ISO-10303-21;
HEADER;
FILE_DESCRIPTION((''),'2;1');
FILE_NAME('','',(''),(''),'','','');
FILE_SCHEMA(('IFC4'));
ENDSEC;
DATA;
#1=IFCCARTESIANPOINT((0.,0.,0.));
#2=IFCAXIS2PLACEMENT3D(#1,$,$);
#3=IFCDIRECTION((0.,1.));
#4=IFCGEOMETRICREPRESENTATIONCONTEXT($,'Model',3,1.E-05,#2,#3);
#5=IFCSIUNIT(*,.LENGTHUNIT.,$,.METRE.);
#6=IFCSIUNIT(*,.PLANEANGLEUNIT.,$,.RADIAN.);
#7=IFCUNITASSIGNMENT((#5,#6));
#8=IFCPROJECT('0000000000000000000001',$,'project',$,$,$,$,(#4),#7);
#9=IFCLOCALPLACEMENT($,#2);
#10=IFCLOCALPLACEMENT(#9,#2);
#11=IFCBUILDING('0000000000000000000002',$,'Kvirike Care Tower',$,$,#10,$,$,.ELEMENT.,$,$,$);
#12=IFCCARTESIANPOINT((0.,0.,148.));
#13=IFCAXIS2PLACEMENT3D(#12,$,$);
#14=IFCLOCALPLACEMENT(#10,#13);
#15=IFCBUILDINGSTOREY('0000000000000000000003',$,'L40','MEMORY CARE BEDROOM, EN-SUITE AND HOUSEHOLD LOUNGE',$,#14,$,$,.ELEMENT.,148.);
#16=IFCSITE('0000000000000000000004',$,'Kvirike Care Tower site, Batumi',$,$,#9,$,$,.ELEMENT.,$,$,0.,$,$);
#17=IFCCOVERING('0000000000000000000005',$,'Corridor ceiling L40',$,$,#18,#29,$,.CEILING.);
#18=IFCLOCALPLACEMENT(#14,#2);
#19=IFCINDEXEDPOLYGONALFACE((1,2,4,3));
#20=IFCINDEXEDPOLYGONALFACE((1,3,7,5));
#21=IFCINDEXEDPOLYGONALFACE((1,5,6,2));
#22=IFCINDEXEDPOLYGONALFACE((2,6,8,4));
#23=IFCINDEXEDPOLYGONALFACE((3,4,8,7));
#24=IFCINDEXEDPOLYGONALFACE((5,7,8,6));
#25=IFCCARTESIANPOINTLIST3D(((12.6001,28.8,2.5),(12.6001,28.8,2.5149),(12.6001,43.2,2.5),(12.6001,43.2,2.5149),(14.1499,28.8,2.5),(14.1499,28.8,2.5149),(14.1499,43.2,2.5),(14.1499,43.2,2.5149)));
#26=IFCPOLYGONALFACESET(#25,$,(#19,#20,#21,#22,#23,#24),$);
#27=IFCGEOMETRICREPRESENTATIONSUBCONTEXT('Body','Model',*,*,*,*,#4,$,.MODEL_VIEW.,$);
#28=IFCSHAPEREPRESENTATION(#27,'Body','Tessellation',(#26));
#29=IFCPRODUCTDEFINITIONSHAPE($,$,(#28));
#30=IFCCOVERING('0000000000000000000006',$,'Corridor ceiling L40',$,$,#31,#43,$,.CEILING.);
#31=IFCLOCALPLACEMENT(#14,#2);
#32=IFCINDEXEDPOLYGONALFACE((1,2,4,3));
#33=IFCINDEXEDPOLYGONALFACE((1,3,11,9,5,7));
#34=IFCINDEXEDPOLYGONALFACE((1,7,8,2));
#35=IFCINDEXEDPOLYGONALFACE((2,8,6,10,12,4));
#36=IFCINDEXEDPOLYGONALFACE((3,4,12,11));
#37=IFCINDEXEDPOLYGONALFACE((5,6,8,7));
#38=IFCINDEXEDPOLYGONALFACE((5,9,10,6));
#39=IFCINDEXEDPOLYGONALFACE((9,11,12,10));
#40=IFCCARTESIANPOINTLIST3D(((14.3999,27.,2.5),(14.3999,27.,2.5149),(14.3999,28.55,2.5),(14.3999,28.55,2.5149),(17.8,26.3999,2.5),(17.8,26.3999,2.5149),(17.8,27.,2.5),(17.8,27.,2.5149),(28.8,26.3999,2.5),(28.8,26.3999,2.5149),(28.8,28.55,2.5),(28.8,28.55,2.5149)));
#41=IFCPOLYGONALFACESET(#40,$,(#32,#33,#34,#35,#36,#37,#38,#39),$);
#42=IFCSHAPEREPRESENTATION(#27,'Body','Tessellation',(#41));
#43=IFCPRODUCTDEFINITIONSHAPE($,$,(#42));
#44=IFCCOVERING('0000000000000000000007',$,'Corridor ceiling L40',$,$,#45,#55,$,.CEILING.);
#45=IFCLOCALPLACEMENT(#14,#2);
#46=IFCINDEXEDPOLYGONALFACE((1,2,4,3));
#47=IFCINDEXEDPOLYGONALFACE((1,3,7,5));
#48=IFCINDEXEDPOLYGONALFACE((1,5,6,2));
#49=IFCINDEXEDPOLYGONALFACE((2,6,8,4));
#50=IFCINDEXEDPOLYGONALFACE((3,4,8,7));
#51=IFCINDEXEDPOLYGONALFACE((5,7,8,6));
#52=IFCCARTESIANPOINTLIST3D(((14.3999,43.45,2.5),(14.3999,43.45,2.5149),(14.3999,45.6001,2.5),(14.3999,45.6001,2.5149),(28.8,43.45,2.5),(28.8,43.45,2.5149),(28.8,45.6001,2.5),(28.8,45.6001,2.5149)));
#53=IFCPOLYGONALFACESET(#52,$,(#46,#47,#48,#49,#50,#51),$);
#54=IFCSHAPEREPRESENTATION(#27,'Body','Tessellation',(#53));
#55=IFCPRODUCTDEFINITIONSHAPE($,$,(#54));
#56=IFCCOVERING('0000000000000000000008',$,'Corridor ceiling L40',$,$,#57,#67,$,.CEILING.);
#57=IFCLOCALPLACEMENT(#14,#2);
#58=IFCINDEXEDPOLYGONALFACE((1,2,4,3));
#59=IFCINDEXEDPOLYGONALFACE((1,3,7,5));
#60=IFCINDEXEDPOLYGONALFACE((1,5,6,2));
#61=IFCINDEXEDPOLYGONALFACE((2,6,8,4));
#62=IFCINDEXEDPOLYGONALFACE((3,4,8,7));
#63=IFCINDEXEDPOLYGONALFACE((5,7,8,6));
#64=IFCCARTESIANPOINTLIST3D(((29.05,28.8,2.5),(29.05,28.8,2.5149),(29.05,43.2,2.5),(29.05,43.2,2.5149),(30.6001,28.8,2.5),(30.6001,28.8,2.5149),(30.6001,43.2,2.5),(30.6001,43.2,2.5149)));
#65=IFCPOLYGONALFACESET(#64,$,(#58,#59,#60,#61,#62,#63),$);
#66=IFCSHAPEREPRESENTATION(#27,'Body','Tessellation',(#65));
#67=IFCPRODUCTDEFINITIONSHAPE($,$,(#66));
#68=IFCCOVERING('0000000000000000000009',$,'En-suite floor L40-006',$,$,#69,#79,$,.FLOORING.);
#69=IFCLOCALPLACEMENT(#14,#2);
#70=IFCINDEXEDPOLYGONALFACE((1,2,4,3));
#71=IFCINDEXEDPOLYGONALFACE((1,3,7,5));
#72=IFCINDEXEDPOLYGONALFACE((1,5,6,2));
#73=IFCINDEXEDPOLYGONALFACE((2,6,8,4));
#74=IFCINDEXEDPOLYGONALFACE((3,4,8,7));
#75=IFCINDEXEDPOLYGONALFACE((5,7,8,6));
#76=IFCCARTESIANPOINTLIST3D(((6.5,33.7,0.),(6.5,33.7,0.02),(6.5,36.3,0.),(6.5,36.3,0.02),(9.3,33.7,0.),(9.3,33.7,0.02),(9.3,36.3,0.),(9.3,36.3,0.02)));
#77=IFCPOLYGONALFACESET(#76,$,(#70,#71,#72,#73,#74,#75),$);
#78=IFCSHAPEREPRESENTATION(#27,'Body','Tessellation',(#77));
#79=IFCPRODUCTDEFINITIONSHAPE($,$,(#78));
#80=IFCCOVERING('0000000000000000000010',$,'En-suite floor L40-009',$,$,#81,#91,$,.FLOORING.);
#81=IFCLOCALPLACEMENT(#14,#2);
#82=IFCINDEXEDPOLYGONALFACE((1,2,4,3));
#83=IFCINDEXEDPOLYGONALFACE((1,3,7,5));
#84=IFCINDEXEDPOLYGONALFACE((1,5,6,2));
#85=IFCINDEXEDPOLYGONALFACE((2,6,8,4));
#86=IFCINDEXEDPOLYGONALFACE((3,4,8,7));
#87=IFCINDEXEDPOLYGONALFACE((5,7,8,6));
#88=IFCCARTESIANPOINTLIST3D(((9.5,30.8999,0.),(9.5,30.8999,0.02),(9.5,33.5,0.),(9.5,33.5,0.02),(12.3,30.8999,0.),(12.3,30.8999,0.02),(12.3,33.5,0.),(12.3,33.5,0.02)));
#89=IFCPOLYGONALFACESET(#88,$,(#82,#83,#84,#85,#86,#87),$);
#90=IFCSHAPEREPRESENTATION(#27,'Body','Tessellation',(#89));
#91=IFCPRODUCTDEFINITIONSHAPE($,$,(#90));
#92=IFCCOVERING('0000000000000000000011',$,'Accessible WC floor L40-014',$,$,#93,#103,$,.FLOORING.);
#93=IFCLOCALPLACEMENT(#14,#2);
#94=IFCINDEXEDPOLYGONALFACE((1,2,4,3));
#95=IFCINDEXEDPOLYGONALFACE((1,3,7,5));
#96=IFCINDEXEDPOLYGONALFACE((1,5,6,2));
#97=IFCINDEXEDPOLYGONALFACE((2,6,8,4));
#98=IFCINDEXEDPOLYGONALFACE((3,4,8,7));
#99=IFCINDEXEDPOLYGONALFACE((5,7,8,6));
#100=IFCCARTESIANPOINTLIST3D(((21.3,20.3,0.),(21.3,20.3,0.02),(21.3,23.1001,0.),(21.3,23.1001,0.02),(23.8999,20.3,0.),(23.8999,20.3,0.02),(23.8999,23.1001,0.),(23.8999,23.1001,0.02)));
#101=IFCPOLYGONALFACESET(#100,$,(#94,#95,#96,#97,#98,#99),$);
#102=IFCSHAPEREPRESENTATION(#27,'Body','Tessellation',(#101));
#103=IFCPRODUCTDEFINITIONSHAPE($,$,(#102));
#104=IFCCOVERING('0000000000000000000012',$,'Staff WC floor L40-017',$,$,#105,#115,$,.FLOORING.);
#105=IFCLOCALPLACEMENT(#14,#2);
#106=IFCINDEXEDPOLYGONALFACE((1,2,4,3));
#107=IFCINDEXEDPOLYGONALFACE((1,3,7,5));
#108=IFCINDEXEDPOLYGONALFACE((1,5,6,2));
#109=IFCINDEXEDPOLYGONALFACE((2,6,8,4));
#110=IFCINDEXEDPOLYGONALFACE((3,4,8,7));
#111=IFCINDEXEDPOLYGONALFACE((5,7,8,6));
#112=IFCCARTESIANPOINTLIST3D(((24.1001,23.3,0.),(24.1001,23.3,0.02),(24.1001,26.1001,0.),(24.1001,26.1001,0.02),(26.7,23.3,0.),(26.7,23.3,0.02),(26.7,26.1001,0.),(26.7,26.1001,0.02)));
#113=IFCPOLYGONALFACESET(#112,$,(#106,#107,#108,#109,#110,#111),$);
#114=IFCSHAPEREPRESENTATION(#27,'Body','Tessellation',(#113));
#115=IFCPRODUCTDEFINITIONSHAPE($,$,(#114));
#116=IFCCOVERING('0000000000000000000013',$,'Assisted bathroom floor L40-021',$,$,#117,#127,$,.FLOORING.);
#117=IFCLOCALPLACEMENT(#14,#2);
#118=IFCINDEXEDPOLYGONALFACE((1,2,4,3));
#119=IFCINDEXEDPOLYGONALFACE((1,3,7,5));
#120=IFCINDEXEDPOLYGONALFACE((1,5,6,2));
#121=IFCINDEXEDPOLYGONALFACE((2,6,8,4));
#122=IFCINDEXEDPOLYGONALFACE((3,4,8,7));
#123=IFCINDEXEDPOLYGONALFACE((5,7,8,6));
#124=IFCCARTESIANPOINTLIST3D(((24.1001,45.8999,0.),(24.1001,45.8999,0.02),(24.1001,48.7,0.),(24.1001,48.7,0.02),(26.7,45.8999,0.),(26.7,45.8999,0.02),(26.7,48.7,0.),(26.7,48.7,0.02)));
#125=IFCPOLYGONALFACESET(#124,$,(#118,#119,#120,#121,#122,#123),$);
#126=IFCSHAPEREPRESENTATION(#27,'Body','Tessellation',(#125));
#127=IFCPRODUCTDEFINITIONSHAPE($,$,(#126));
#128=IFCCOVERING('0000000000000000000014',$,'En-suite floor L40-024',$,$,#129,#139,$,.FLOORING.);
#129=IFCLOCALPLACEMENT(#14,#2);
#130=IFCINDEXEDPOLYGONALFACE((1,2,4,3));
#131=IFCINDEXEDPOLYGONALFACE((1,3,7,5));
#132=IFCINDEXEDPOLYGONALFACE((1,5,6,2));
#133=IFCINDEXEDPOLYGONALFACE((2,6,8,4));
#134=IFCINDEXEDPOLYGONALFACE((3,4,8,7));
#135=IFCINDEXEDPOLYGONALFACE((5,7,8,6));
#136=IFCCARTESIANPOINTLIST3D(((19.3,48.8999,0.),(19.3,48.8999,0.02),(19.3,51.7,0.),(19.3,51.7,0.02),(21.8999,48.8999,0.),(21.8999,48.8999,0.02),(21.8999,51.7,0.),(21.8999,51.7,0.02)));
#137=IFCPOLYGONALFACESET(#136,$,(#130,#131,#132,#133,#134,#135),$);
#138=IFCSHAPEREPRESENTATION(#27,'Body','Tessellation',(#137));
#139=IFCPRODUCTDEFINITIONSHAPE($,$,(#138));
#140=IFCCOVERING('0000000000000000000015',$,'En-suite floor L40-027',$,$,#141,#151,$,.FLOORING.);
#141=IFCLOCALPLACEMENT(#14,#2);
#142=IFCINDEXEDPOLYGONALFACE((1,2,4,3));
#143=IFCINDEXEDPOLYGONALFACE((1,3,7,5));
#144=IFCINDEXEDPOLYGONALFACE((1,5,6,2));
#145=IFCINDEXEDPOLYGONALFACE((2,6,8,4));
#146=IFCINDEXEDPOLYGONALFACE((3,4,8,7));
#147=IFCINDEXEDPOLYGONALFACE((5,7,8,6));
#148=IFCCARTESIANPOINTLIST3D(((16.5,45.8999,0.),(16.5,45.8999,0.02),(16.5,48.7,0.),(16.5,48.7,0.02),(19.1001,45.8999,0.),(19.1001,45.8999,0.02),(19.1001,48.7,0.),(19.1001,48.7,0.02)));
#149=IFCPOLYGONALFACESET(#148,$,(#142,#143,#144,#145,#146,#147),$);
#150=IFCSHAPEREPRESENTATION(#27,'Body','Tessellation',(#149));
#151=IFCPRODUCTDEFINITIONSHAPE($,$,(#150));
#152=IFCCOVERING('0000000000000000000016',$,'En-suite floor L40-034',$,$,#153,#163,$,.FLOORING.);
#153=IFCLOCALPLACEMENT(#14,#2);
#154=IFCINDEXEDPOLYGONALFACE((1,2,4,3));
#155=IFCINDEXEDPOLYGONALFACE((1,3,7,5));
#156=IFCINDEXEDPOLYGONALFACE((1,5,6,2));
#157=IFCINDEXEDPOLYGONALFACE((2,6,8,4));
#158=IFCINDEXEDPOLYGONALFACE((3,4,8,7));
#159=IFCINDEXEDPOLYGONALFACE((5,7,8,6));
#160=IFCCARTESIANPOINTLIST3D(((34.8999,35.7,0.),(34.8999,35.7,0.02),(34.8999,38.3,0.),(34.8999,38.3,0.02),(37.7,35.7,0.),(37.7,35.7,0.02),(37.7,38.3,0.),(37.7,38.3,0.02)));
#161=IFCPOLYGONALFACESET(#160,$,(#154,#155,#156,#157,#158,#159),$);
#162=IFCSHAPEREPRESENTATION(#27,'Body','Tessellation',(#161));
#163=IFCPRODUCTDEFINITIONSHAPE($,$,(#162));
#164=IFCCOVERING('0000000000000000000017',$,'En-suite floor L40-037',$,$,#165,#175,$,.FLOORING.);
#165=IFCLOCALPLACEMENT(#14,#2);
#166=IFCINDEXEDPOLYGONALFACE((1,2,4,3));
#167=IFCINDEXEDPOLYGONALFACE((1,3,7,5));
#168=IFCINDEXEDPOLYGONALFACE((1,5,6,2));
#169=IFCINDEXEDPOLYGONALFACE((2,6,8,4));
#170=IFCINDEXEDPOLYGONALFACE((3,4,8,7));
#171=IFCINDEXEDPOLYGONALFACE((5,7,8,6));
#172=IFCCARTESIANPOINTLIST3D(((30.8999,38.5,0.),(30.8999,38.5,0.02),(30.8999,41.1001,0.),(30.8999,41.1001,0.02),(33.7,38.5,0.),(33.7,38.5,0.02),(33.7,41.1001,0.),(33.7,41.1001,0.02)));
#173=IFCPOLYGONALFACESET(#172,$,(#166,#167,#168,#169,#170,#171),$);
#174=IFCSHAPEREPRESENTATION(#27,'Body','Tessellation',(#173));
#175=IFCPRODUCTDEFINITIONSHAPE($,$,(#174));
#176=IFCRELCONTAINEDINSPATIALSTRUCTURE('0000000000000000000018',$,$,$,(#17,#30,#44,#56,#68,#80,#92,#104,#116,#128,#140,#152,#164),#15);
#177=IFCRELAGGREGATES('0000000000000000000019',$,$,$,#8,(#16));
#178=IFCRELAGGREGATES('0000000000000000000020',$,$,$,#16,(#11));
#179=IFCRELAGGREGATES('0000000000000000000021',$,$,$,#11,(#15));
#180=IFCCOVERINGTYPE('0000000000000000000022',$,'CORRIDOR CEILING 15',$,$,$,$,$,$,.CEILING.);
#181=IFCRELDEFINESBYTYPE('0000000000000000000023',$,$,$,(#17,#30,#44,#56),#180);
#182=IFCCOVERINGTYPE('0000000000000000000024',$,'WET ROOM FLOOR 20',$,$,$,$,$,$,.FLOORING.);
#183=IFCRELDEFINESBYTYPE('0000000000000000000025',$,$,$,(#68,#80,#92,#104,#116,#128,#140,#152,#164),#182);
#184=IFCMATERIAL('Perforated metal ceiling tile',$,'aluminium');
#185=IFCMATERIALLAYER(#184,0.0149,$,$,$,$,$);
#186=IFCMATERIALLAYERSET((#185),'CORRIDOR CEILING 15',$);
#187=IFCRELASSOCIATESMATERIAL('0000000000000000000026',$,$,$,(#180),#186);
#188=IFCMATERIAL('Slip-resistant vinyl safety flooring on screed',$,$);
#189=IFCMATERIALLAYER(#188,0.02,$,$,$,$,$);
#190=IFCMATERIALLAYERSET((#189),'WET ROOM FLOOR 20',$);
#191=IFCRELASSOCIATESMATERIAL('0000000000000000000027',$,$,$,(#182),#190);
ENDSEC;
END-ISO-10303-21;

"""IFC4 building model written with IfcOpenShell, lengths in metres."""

from ifc_helpers import new_model, si_unit, direction, frame, origin, place, context, subcontext, project, spatial, polyline, outline, extrude, material, layer, layer_set, type_object, element, save


model = new_model("IFC4")

# Units and contexts
model_context = context("Model", 3, precision=1e-05, world=origin(), true_north=direction((0.0, 1.0)))
body_context = subcontext(model_context, "Body", "Model", "MODEL_VIEW")
ifc_project = project(units=[si_unit("LENGTHUNIT", "METRE"), si_unit("PLANEANGLEUNIT", "RADIAN")], contexts=[model_context])

# Site, building, storey
site_placement = place(None, origin())
site = spatial("IfcSite", under=ifc_project, at=site_placement, Name="Kvirike Care Tower site, Batumi", CompositionType="ELEMENT", RefElevation=0.0)
building_placement = place(site_placement, origin())
building = spatial("IfcBuilding", under=site, at=building_placement, Name="Kvirike Care Tower", CompositionType="ELEMENT")
storey_placement = place(building_placement, frame((0.0, 0.0, 148.0)))
storey = spatial("IfcBuildingStorey", under=building, at=storey_placement, Name="L40", Description="MEMORY CARE BEDROOM, EN-SUITE AND HOUSEHOLD LOUNGE", CompositionType="ELEMENT", Elevation=148.0)

# Coverings
ifc_material_1 = material(Name="Perforated metal ceiling tile", Category="aluminium")
ifc_layer_1 = layer(ifc_material_1, 0.0149)
ifc_layer_set_1 = layer_set([ifc_layer_1], Name="CORRIDOR CEILING 15")
covering_type_1 = type_object("IfcCoveringType", Name="CORRIDOR CEILING 15", PredefinedType="CEILING", material=ifc_layer_set_1)
covering_1_placement = place(storey_placement, frame((0.0, 0.0, 2.5)))
element("IfcCovering", 1, at=covering_1_placement, inside=storey, type_object=covering_type_1, Name="Corridor ceiling L40", PredefinedType="CEILING", context=body_context, shape_type="SweptSolid", body=[
    extrude(outline(polyline([(12.6001, 43.2), (14.1499, 43.2), (14.1499, 28.8), (12.6001, 28.8), (12.6001, 43.2)])), origin(), (0.0, 0.0, 1.0), 0.0149),
])
covering_2_placement = place(storey_placement, frame((0.0, 0.0, 2.5)))
element("IfcCovering", 2, at=covering_2_placement, inside=storey, type_object=covering_type_1, Name="Corridor ceiling L40", PredefinedType="CEILING", context=body_context, shape_type="SweptSolid", body=[
    extrude(outline(polyline([(14.3999, 28.55), (28.8, 28.55), (28.8, 26.3999), (17.8, 26.3999), (17.8, 27.0), (14.3999, 27.0), (14.3999, 28.55)])), origin(), (0.0, 0.0, 1.0), 0.0149),
])
covering_3_placement = place(storey_placement, frame((0.0, 0.0, 2.5)))
element("IfcCovering", 3, at=covering_3_placement, inside=storey, type_object=covering_type_1, Name="Corridor ceiling L40", PredefinedType="CEILING", context=body_context, shape_type="SweptSolid", body=[
    extrude(outline(polyline([(28.8, 45.6001), (28.8, 43.45), (14.3999, 43.45), (14.3999, 45.6001), (28.8, 45.6001)])), origin(), (0.0, 0.0, 1.0), 0.0149),
])
covering_4_placement = place(storey_placement, frame((0.0, 0.0, 2.5)))
element("IfcCovering", 4, at=covering_4_placement, inside=storey, type_object=covering_type_1, Name="Corridor ceiling L40", PredefinedType="CEILING", context=body_context, shape_type="SweptSolid", body=[
    extrude(outline(polyline([(30.6001, 28.8), (29.05, 28.8), (29.05, 43.2), (30.6001, 43.2), (30.6001, 28.8)])), origin(), (0.0, 0.0, 1.0), 0.0149),
])
ifc_material_2 = material(Name="Slip-resistant vinyl safety flooring on screed")
ifc_layer_2 = layer(ifc_material_2, 0.02)
ifc_layer_set_2 = layer_set([ifc_layer_2], Name="WET ROOM FLOOR 20")
covering_type_2 = type_object("IfcCoveringType", Name="WET ROOM FLOOR 20", PredefinedType="FLOORING", material=ifc_layer_set_2)
covering_5_placement = place(storey_placement, origin())
element("IfcCovering", 5, at=covering_5_placement, inside=storey, type_object=covering_type_2, Name="En-suite floor L40-006", PredefinedType="FLOORING", context=body_context, shape_type="SweptSolid", body=[
    extrude(outline(polyline([(6.5, 36.3), (9.3, 36.3), (9.3, 33.7), (6.5, 33.7), (6.5, 36.3)])), origin(), (0.0, 0.0, 1.0), 0.02),
])
covering_6_placement = place(storey_placement, origin())
element("IfcCovering", 6, at=covering_6_placement, inside=storey, type_object=covering_type_2, Name="En-suite floor L40-009", PredefinedType="FLOORING", context=body_context, shape_type="SweptSolid", body=[
    extrude(outline(polyline([(9.5, 33.5), (12.3, 33.5), (12.3, 30.8999), (9.5, 30.8999), (9.5, 33.5)])), origin(), (0.0, 0.0, 1.0), 0.02),
])
covering_7_placement = place(storey_placement, origin())
element("IfcCovering", 7, at=covering_7_placement, inside=storey, type_object=covering_type_2, Name="Accessible WC floor L40-014", PredefinedType="FLOORING", context=body_context, shape_type="SweptSolid", body=[
    extrude(outline(polyline([(21.3, 20.3), (21.3, 23.1001), (23.8999, 23.1001), (23.8999, 20.3), (21.3, 20.3)])), origin(), (0.0, 0.0, 1.0), 0.02),
])
covering_8_placement = place(storey_placement, origin())
element("IfcCovering", 8, at=covering_8_placement, inside=storey, type_object=covering_type_2, Name="Staff WC floor L40-017", PredefinedType="FLOORING", context=body_context, shape_type="SweptSolid", body=[
    extrude(outline(polyline([(24.1001, 23.3), (24.1001, 26.1001), (26.7, 26.1001), (26.7, 23.3), (24.1001, 23.3)])), origin(), (0.0, 0.0, 1.0), 0.02),
])
covering_9_placement = place(storey_placement, origin())
element("IfcCovering", 9, at=covering_9_placement, inside=storey, type_object=covering_type_2, Name="Assisted bathroom floor L40-021", PredefinedType="FLOORING", context=body_context, shape_type="SweptSolid", body=[
    extrude(outline(polyline([(26.7, 48.7), (26.7, 45.8999), (24.1001, 45.8999), (24.1001, 48.7), (26.7, 48.7)])), origin(), (0.0, 0.0, 1.0), 0.02),
])
covering_10_placement = place(storey_placement, origin())
element("IfcCovering", 10, at=covering_10_placement, inside=storey, type_object=covering_type_2, Name="En-suite floor L40-024", PredefinedType="FLOORING", context=body_context, shape_type="SweptSolid", body=[
    extrude(outline(polyline([(21.8999, 51.7), (21.8999, 48.8999), (19.3, 48.8999), (19.3, 51.7), (21.8999, 51.7)])), origin(), (0.0, 0.0, 1.0), 0.02),
])
covering_11_placement = place(storey_placement, origin())
element("IfcCovering", 11, at=covering_11_placement, inside=storey, type_object=covering_type_2, Name="En-suite floor L40-027", PredefinedType="FLOORING", context=body_context, shape_type="SweptSolid", body=[
    extrude(outline(polyline([(19.1001, 48.7), (19.1001, 45.8999), (16.5, 45.8999), (16.5, 48.7), (19.1001, 48.7)])), origin(), (0.0, 0.0, 1.0), 0.02),
])
covering_12_placement = place(storey_placement, origin())
element("IfcCovering", 12, at=covering_12_placement, inside=storey, type_object=covering_type_2, Name="En-suite floor L40-034", PredefinedType="FLOORING", context=body_context, shape_type="SweptSolid", body=[
    extrude(outline(polyline([(37.7, 35.7), (34.8999, 35.7), (34.8999, 38.3), (37.7, 38.3), (37.7, 35.7)])), origin(), (0.0, 0.0, 1.0), 0.02),
])
covering_13_placement = place(storey_placement, origin())
element("IfcCovering", 13, at=covering_13_placement, inside=storey, type_object=covering_type_2, Name="En-suite floor L40-037", PredefinedType="FLOORING", context=body_context, shape_type="SweptSolid", body=[
    extrude(outline(polyline([(33.7, 38.5), (30.8999, 38.5), (30.8999, 41.1001), (33.7, 41.1001), (33.7, 38.5)])), origin(), (0.0, 0.0, 1.0), 0.02),
])

save(model, "model.ifc")
